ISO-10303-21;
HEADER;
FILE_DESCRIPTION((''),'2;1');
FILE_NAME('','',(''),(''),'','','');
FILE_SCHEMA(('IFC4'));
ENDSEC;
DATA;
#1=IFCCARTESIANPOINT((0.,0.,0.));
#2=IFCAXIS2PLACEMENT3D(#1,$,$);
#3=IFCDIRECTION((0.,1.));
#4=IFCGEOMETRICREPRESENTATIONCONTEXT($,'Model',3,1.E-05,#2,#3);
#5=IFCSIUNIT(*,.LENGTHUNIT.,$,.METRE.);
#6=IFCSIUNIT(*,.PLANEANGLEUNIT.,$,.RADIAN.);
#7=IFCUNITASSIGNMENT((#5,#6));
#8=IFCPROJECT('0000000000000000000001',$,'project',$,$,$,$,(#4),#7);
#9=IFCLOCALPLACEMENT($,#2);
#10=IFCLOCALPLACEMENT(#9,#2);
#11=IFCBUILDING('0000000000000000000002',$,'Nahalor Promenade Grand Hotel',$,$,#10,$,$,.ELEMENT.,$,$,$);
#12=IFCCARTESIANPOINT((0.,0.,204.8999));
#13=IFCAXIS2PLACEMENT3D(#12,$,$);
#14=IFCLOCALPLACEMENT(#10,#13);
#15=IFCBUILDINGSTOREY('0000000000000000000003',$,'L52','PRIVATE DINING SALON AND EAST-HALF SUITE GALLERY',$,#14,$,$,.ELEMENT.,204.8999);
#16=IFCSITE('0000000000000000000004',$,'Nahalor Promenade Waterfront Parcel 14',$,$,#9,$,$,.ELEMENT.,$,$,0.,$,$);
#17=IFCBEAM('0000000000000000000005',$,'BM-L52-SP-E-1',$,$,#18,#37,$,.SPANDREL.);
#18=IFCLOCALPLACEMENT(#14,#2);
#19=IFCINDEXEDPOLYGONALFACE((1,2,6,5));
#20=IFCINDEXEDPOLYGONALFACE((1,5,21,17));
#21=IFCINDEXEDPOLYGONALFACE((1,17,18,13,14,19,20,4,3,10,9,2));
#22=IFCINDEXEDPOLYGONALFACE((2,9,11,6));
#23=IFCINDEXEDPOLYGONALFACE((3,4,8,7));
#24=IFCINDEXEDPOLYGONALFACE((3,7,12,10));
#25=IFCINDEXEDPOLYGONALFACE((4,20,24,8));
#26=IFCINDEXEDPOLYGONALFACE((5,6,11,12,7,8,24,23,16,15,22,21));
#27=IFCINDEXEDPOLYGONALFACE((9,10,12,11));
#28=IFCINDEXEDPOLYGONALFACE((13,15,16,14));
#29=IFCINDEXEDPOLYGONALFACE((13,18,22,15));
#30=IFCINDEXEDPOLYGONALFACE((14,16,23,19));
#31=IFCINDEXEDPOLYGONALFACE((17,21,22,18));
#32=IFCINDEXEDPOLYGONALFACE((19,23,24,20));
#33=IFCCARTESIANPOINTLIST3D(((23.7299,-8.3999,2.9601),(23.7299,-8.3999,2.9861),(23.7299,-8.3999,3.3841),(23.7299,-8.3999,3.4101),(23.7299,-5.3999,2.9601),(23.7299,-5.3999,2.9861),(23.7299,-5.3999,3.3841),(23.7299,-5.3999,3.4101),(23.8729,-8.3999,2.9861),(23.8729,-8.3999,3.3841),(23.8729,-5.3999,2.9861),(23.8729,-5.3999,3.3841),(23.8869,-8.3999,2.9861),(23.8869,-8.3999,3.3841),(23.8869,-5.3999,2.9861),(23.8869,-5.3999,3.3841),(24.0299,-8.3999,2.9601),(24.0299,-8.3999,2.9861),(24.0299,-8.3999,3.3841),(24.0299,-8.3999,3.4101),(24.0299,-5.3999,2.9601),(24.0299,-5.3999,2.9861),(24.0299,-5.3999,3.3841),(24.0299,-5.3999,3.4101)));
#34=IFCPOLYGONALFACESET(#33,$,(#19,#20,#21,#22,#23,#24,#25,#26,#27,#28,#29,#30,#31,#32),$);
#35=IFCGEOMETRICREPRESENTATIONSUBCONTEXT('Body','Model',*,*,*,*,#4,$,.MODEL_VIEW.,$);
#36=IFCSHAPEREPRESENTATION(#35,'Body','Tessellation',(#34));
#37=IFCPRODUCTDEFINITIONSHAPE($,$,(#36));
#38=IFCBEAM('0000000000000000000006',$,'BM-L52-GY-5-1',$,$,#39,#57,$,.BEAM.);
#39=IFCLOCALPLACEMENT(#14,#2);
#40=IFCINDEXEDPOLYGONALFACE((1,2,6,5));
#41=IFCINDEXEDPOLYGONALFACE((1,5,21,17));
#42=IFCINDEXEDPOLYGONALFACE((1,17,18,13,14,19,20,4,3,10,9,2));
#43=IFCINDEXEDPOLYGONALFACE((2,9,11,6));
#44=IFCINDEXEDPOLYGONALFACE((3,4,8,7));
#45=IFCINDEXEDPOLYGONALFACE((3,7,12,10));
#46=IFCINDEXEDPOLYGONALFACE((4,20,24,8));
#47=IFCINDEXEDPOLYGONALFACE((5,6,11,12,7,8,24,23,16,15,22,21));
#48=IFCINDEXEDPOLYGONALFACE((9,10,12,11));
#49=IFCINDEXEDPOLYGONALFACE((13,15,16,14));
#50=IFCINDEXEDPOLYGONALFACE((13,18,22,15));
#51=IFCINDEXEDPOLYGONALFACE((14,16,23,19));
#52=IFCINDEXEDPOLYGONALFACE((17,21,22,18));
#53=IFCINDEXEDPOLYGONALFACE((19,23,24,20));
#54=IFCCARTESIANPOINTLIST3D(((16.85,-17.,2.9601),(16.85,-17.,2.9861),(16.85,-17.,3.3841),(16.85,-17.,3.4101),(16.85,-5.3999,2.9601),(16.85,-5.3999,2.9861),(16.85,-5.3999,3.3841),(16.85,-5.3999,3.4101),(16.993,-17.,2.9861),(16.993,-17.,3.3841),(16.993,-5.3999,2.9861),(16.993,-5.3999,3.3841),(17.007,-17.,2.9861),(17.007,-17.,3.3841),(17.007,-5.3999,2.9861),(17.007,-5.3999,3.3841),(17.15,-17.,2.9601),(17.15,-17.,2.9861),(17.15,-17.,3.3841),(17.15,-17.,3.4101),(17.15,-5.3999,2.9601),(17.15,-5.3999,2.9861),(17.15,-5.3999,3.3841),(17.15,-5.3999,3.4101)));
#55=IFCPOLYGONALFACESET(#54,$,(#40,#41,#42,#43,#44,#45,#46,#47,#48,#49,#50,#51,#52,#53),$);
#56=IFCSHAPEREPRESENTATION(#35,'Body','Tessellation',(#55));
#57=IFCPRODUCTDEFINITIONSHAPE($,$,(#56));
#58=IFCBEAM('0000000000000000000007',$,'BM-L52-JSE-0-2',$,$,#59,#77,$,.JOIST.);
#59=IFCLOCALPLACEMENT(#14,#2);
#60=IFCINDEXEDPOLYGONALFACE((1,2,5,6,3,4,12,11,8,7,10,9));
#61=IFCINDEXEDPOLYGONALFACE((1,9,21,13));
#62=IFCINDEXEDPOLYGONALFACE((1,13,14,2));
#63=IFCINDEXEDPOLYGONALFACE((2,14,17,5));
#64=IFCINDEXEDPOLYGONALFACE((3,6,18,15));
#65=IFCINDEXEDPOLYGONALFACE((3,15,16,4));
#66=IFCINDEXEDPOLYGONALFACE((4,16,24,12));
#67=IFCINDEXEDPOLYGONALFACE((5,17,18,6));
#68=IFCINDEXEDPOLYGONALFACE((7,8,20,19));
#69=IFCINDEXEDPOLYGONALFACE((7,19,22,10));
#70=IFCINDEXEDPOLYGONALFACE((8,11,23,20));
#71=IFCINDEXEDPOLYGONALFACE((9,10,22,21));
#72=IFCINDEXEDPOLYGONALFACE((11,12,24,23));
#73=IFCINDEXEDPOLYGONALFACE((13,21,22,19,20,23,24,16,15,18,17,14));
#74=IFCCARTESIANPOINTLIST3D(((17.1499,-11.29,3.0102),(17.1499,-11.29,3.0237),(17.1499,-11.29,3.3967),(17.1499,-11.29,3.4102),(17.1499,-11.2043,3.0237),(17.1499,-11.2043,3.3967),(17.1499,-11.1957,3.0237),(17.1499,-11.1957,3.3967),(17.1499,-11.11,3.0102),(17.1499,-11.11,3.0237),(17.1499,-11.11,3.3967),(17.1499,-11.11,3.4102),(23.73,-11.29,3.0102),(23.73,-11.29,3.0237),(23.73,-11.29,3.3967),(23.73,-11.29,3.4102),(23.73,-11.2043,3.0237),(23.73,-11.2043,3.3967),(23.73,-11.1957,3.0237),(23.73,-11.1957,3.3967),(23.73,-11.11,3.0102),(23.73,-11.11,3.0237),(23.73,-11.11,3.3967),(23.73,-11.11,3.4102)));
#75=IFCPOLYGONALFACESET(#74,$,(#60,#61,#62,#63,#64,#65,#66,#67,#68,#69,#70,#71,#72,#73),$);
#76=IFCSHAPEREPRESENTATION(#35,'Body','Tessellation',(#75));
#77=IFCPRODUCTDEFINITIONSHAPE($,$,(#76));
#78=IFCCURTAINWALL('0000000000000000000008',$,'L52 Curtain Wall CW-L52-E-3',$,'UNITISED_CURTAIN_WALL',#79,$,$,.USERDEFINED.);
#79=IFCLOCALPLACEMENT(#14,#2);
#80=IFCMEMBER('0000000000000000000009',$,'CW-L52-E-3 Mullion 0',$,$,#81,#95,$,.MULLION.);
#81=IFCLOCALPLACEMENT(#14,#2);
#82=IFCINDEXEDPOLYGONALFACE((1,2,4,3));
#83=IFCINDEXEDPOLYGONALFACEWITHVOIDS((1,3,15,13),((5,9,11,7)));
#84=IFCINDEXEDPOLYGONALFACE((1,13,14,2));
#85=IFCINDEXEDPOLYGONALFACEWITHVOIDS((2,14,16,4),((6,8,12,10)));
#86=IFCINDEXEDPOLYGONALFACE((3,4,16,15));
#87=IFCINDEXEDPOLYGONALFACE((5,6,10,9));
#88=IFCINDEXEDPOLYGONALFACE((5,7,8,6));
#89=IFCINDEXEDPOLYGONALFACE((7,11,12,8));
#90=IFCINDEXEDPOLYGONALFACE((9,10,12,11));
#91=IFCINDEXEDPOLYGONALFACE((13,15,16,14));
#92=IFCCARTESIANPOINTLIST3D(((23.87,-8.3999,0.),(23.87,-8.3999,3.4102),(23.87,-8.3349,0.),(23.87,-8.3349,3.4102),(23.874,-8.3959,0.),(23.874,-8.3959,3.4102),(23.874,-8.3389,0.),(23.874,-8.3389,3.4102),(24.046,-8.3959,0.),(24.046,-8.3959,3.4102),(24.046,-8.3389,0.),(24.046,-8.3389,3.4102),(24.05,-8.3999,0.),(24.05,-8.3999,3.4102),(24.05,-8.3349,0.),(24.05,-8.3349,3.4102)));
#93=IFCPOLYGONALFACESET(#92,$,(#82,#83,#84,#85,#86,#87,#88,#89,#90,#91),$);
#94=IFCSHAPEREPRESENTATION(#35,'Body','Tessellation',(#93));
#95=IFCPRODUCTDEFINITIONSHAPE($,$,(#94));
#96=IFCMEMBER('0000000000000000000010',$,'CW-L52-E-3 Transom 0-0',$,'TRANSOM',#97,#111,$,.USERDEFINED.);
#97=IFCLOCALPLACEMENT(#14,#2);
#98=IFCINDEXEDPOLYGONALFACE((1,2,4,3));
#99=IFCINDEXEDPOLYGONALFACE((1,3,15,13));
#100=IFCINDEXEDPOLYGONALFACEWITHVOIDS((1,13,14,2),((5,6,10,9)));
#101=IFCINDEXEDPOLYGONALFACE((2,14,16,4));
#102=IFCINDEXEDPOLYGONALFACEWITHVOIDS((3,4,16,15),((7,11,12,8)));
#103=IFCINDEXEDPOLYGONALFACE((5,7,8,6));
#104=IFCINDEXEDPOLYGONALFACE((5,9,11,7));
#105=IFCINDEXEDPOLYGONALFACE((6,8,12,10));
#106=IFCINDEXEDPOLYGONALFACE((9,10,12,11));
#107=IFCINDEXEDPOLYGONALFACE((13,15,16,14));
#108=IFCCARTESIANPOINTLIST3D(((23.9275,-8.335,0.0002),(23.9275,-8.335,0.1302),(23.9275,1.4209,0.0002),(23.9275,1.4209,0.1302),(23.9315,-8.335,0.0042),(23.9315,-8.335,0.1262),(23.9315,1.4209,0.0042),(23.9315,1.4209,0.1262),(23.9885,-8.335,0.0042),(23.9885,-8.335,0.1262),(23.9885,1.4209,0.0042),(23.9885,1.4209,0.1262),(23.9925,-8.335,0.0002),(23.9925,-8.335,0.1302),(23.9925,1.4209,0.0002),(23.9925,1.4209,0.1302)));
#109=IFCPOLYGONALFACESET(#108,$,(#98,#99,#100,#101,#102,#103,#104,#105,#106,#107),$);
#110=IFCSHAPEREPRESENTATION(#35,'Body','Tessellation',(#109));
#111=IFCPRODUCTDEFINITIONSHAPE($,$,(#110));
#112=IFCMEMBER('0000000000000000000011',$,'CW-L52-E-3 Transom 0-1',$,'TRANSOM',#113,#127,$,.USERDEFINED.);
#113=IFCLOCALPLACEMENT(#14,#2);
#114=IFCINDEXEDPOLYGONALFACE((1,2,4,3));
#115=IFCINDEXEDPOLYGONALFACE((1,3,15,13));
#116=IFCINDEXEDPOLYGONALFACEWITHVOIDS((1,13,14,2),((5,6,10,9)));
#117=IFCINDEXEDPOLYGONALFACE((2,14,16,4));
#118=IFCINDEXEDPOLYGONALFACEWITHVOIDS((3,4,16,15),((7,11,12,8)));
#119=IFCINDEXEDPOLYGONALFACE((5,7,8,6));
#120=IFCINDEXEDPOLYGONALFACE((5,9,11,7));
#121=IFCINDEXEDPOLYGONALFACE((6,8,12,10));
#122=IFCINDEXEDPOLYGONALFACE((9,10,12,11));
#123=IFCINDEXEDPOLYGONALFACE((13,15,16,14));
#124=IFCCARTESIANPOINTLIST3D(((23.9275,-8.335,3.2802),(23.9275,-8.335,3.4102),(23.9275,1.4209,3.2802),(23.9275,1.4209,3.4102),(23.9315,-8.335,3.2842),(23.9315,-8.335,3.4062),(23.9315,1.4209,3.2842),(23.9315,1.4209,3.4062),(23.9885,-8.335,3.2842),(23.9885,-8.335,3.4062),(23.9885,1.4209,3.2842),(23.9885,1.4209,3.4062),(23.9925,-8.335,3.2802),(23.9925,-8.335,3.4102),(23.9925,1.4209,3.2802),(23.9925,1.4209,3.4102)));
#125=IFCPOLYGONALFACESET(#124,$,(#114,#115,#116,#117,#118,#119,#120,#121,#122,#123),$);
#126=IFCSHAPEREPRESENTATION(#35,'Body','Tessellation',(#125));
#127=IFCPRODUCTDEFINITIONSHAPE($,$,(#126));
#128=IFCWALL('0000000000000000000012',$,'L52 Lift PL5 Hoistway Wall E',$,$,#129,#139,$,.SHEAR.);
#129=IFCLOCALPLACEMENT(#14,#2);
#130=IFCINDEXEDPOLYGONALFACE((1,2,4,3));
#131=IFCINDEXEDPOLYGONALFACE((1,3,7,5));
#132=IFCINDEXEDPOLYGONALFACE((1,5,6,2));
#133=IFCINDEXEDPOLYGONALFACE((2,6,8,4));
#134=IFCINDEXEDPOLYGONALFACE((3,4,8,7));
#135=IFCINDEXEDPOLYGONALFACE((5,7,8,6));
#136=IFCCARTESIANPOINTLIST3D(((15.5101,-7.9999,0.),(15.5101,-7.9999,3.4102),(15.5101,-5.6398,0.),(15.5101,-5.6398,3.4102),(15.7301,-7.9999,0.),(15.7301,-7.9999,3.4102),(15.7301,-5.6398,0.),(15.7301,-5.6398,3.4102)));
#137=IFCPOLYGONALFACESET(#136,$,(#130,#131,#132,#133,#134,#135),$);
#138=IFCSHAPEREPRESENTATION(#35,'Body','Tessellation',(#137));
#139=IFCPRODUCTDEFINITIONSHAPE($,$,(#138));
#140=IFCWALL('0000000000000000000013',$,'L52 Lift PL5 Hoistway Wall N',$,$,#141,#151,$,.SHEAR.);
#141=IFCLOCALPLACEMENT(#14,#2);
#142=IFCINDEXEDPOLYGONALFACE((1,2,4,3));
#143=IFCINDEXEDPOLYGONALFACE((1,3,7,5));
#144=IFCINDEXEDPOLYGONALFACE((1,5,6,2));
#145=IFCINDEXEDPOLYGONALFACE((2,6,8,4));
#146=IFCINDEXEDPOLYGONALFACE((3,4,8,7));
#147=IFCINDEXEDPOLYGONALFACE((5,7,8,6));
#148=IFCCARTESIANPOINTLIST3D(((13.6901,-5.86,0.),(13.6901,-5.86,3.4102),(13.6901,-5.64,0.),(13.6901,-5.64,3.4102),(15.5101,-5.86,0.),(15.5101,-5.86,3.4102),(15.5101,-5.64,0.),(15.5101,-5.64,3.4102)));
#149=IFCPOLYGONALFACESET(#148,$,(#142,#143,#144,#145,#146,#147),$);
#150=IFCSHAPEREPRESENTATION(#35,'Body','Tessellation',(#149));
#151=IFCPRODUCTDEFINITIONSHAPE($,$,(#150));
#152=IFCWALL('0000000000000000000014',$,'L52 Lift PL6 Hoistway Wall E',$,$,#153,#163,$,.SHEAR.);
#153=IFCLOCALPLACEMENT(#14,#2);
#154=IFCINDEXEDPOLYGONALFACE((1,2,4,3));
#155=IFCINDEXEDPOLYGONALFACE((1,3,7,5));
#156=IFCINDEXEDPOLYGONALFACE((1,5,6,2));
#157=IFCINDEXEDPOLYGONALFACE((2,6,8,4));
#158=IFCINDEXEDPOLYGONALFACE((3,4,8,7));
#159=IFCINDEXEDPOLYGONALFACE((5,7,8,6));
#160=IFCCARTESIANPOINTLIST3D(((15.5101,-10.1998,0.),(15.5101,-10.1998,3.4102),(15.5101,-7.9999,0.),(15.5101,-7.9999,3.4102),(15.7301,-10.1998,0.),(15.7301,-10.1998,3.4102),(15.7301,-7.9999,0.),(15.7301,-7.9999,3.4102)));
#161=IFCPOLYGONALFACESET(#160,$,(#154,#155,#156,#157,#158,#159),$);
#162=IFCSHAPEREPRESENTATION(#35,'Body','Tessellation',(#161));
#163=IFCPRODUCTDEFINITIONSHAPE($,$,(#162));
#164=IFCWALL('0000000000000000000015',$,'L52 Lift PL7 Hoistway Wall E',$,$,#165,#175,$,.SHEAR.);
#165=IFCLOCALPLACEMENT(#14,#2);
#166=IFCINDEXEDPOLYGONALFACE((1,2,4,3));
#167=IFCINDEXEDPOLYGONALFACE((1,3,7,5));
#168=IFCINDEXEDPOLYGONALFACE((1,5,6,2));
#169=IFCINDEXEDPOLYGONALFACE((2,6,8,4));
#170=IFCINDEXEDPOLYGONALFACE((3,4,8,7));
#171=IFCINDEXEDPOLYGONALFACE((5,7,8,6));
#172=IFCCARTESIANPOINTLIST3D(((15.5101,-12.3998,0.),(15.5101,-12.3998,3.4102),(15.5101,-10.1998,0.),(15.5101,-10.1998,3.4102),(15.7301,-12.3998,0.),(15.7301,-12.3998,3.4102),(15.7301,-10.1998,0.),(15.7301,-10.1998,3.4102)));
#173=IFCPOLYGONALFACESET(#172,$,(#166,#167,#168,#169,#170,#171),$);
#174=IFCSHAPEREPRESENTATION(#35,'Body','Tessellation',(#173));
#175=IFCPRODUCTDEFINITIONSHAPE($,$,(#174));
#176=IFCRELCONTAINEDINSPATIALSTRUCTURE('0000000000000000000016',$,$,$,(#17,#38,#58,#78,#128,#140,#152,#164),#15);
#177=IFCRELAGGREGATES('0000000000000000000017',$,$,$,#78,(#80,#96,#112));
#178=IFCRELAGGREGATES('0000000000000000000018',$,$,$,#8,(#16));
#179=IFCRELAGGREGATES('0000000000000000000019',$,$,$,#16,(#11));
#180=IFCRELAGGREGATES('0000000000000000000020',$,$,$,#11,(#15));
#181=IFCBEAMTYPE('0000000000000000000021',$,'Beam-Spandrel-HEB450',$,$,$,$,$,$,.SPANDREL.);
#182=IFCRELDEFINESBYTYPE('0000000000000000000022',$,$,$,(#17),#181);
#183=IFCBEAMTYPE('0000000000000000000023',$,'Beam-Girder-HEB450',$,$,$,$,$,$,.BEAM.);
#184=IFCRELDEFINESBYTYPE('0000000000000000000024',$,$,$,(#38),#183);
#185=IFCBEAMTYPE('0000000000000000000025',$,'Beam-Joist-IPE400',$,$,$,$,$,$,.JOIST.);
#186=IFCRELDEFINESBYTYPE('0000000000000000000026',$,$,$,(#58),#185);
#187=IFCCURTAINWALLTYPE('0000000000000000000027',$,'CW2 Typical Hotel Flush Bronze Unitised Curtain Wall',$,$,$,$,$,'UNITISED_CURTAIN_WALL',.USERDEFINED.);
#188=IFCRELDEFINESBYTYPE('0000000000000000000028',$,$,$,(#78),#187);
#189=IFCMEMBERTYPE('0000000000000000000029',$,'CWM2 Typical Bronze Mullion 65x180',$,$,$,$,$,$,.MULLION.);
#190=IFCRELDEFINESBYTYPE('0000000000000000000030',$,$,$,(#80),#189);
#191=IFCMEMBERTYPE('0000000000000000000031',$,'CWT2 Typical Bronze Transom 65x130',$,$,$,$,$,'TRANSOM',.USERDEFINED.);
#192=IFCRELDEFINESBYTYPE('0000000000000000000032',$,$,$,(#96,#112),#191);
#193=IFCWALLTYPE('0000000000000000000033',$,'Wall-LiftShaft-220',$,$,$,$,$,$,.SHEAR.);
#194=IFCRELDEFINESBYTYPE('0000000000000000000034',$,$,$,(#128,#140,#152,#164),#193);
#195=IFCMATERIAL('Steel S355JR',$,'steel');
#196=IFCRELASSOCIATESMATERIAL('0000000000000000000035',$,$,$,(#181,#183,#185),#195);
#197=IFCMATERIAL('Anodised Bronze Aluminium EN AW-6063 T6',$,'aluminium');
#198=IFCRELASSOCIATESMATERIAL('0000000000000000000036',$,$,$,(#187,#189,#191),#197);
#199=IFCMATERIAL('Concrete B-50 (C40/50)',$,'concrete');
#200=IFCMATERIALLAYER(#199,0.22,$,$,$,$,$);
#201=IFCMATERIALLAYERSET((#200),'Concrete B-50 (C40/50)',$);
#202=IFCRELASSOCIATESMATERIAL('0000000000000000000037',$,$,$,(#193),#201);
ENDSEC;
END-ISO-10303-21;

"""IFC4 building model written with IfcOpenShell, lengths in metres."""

from ifc_helpers import new_model, si_unit, direction, frame, frame_2d, origin, origin_2d, place, context, subcontext, project, spatial, rectangle, hollow_rectangle, i_section, extrude, source, transform, mapped, material, layer, layer_set, material_profile, profile_set, type_object, element, aggregate, save


model = new_model("IFC4")

# Units and contexts
model_context = context("Model", 3, precision=1e-05, world=origin(), true_north=direction((0.0, 1.0)))
body_context = subcontext(model_context, "Body", "Model", "MODEL_VIEW")
ifc_project = project(units=[si_unit("LENGTHUNIT", "METRE"), si_unit("PLANEANGLEUNIT", "RADIAN")], contexts=[model_context])

# Site, building, storey
site_placement = place(None, origin())
site = spatial("IfcSite", under=ifc_project, at=site_placement, Name="Nahalor Promenade Waterfront Parcel 14", CompositionType="ELEMENT", RefElevation=0.0)
building_placement = place(site_placement, origin())
building = spatial("IfcBuilding", under=site, at=building_placement, Name="Nahalor Promenade Grand Hotel", CompositionType="ELEMENT")
storey_placement = place(building_placement, frame((0.0, 0.0, 204.8999)))
storey = spatial("IfcBuildingStorey", under=building, at=storey_placement, Name="L52", Description="PRIVATE DINING SALON AND EAST-HALF SUITE GALLERY", CompositionType="ELEMENT", Elevation=204.8999)

# Shared definitions
ifc_material_1 = material(Name="Steel S355JR", Category="steel")

# Beams
ifc_material_profile_1 = material_profile(ifc_material_1, i_section(OverallWidth=0.3, OverallDepth=0.45, WebThickness=0.014, FlangeThickness=0.026, at=origin_2d()), Name="HEB 450")
ifc_profile_set_1 = profile_set([ifc_material_profile_1], Name="Steel S355JR")
beam_type_1 = type_object("IfcBeamType", Name="Beam-Spandrel-HEB450", PredefinedType="SPANDREL", material=ifc_profile_set_1)
shared_shape_1 = source(origin(), body_context, "Body", "SweptSolid", [
    extrude(i_section(OverallWidth=0.3, OverallDepth=0.45, WebThickness=0.014, FlangeThickness=0.026, at=origin_2d()), origin(), (0.0, 0.0, 1.0), 3.0),
])
beam_1_placement = place(storey_placement, frame((23.8799, -8.3999, 3.1851), z_axis=(0.0, 1.0, 0.0), x_axis=(-1.0, 0.0, 0.0)))
element("IfcBeam", 1, at=beam_1_placement, inside=storey, type_object=beam_type_1, Name="BM-L52-SP-E-1", PredefinedType="SPANDREL", context=body_context, shape_type="MappedRepresentation", body=[
    mapped(shared_shape_1, transform((0.0, 0.0, 0.0), scale=1.0)),
])
ifc_material_profile_2 = material_profile(ifc_material_1, i_section(OverallWidth=0.3, OverallDepth=0.45, WebThickness=0.014, FlangeThickness=0.026, at=origin_2d()), Name="HEB 450")
ifc_profile_set_2 = profile_set([ifc_material_profile_2], Name="Steel S355JR")
beam_type_2 = type_object("IfcBeamType", Name="Beam-Girder-HEB450", PredefinedType="BEAM", material=ifc_profile_set_2)
shared_shape_2 = source(origin(), body_context, "Body", "SweptSolid", [
    extrude(i_section(OverallWidth=0.3, OverallDepth=0.45, WebThickness=0.014, FlangeThickness=0.026, at=origin_2d()), origin(), (0.0, 0.0, 1.0), 11.6001),
])
beam_2_placement = place(storey_placement, frame((17.0, -17.0, 3.1851), z_axis=(0.0, 1.0, 0.0), x_axis=(-1.0, 0.0, 0.0)))
element("IfcBeam", 2, at=beam_2_placement, inside=storey, type_object=beam_type_2, Name="BM-L52-GY-5-1", PredefinedType="BEAM", context=body_context, shape_type="MappedRepresentation", body=[
    mapped(shared_shape_2, transform((0.0, 0.0, 0.0), scale=1.0)),
])
ifc_material_profile_3 = material_profile(ifc_material_1, i_section(OverallWidth=0.18, OverallDepth=0.4, WebThickness=0.0086, FlangeThickness=0.0135, at=origin_2d()), Name="IPE 400")
ifc_profile_set_3 = profile_set([ifc_material_profile_3], Name="Steel S355JR")
beam_type_3 = type_object("IfcBeamType", Name="Beam-Joist-IPE400", PredefinedType="JOIST", material=ifc_profile_set_3)
shared_shape_3 = source(origin(), body_context, "Body", "SweptSolid", [
    extrude(i_section(OverallWidth=0.18, OverallDepth=0.4, WebThickness=0.0086, FlangeThickness=0.0135, at=origin_2d()), origin(), (0.0, 0.0, 1.0), 6.5801),
])
beam_3_placement = place(storey_placement, frame((17.1499, -11.2, 3.2102), z_axis=(1.0, 0.0, 0.0), x_axis=(0.0, 1.0, 0.0)))
element("IfcBeam", 3, at=beam_3_placement, inside=storey, type_object=beam_type_3, Name="BM-L52-JSE-0-2", PredefinedType="JOIST", context=body_context, shape_type="MappedRepresentation", body=[
    mapped(shared_shape_3, transform((0.0, 0.0, 0.0), scale=1.0)),
])

# Curtain wall, members
ifc_material_2 = material(Name="Anodised Bronze Aluminium EN AW-6063 T6", Category="aluminium")
curtain_wall_type = type_object("IfcCurtainWallType", Name="CW2 Typical Hotel Flush Bronze Unitised Curtain Wall", ElementType="UNITISED_CURTAIN_WALL", PredefinedType="USERDEFINED", material=ifc_material_2)
curtain_wall_placement = place(storey_placement, origin())
curtain_wall = element("IfcCurtainWall", 4, at=curtain_wall_placement, inside=storey, type_object=curtain_wall_type, Name="L52 Curtain Wall CW-L52-E-3", ObjectType="UNITISED_CURTAIN_WALL", PredefinedType="USERDEFINED")
ifc_material_profile_4 = material_profile(ifc_material_2, hollow_rectangle(XDim=0.065, YDim=0.18, WallThickness=0.004, at=origin_2d()), Name="CWM 65x180x4")
ifc_profile_set_4 = profile_set([ifc_material_profile_4], Name="Anodised Bronze Aluminium EN AW-6063 T6")
member_type_1 = type_object("IfcMemberType", Name="CWM2 Typical Bronze Mullion 65x180", PredefinedType="MULLION", material=ifc_profile_set_4)
shared_shape_4 = source(origin(), body_context, "Body", "SweptSolid", [
    extrude(hollow_rectangle(XDim=0.065, YDim=0.18, WallThickness=0.004, at=origin_2d()), origin(), (0.0, 0.0, 1.0), 3.4102),
])
member_1_placement = place(storey_placement, frame((23.96, -8.3674, 0.0), z_axis=(0.0, 0.0, 1.0), x_axis=(0.0, 1.0, 0.0)))
member_1 = element("IfcMember", 5, at=member_1_placement, type_object=member_type_1, Name="CW-L52-E-3 Mullion 0", PredefinedType="MULLION", context=body_context, shape_type="MappedRepresentation", body=[
    mapped(shared_shape_4, transform((0.0, 0.0, 0.0), scale=1.0)),
])
ifc_material_profile_5 = material_profile(ifc_material_2, hollow_rectangle(XDim=0.065, YDim=0.13, WallThickness=0.004, at=origin_2d()), Name="CWT 65x130x4")
ifc_profile_set_5 = profile_set([ifc_material_profile_5], Name="Anodised Bronze Aluminium EN AW-6063 T6")
member_type_2 = type_object("IfcMemberType", Name="CWT2 Typical Bronze Transom 65x130", ElementType="TRANSOM", PredefinedType="USERDEFINED", material=ifc_profile_set_5)
shared_shape_5 = source(origin(), body_context, "Body", "SweptSolid", [
    extrude(hollow_rectangle(XDim=0.065, YDim=0.13, WallThickness=0.004, at=origin_2d()), origin(), (0.0, 0.0, 1.0), 9.7559),
])
member_2_placement = place(storey_placement, frame((23.96, -8.335, 0.0652), z_axis=(0.0, 1.0, 0.0), x_axis=(-1.0, 0.0, 0.0)))
member_2 = element("IfcMember", 6, at=member_2_placement, type_object=member_type_2, Name="CW-L52-E-3 Transom 0-0", ObjectType="TRANSOM", PredefinedType="USERDEFINED", context=body_context, shape_type="MappedRepresentation", body=[
    mapped(shared_shape_5, transform((0.0, 0.0, 0.0), scale=1.0)),
])
member_3_placement = place(storey_placement, frame((23.96, -8.335, 3.3452), z_axis=(0.0, 1.0, 0.0), x_axis=(-1.0, 0.0, 0.0)))
member_3 = element("IfcMember", 7, at=member_3_placement, type_object=member_type_2, Name="CW-L52-E-3 Transom 0-1", ObjectType="TRANSOM", PredefinedType="USERDEFINED", context=body_context, shape_type="MappedRepresentation", body=[
    mapped(shared_shape_5, transform((0.0, 0.0, 0.0), scale=1.0)),
])
aggregate(curtain_wall, [member_1, member_2, member_3])

# Walls
ifc_material_3 = material(Name="Concrete B-50 (C40/50)", Category="concrete")
ifc_layer_1 = layer(ifc_material_3, 0.22)
ifc_layer_set_1 = layer_set([ifc_layer_1], Name="Concrete B-50 (C40/50)")
wall_type_1 = type_object("IfcWallType", Name="Wall-LiftShaft-220", PredefinedType="SHEAR", material=ifc_layer_set_1)
shared_shape_6 = source(origin(), body_context, "Body", "SweptSolid", [
    extrude(rectangle(XDim=2.3601, YDim=0.22, at=frame_2d((1.1802, 0.0))), origin(), (0.0, 0.0, 1.0), 3.4102),
])
wall_1_placement = place(storey_placement, frame((15.6201, -8.0, 0.0), z_axis=(0.0, 0.0, 1.0), x_axis=(0.0, 1.0, 0.0)))
element("IfcWall", 8, at=wall_1_placement, inside=storey, type_object=wall_type_1, Name="L52 Lift PL5 Hoistway Wall E", PredefinedType="SHEAR", context=body_context, shape_type="MappedRepresentation", body=[
    mapped(shared_shape_6, transform((0.0, 0.0, 0.0), scale=1.0)),
])
shared_shape_7 = source(origin(), body_context, "Body", "SweptSolid", [
    extrude(rectangle(XDim=1.8201, YDim=0.22, at=frame_2d((0.9102, 0.0))), origin(), (0.0, 0.0, 1.0), 3.4102),
])
wall_2_placement = place(storey_placement, frame((13.6899, -5.75, 0.0), z_axis=(0.0, 0.0, 1.0), x_axis=(1.0, 0.0, 0.0)))
element("IfcWall", 9, at=wall_2_placement, inside=storey, type_object=wall_type_1, Name="L52 Lift PL5 Hoistway Wall N", PredefinedType="SHEAR", context=body_context, shape_type="MappedRepresentation", body=[
    mapped(shared_shape_7, transform((0.0, 0.0, 0.0), scale=1.0)),
])
shared_shape_8 = source(origin(), body_context, "Body", "SweptSolid", [
    extrude(rectangle(XDim=2.2, YDim=0.22, at=frame_2d((1.1001, 0.0))), origin(), (0.0, 0.0, 1.0), 3.4102),
])
for number, where, z_axis, x_axis, name in (
    (10, (15.6201, -10.2, 0.0), (0.0, 0.0, 1.0), (0.0, 1.0, 0.0), "L52 Lift PL6 Hoistway Wall E"),
    (11, (15.6201, -12.3999, 0.0), (0.0, 0.0, 1.0), (0.0, 1.0, 0.0), "L52 Lift PL7 Hoistway Wall E"),
):
    element("IfcWall", number, at=place(storey_placement, frame(where, z_axis=z_axis, x_axis=x_axis)), inside=storey, type_object=wall_type_1, Name=name, PredefinedType="SHEAR", context=body_context, shape_type="MappedRepresentation", body=[
        mapped(shared_shape_8, transform((0.0, 0.0, 0.0), scale=1.0)),
    ])

save(model, "model.ifc")
